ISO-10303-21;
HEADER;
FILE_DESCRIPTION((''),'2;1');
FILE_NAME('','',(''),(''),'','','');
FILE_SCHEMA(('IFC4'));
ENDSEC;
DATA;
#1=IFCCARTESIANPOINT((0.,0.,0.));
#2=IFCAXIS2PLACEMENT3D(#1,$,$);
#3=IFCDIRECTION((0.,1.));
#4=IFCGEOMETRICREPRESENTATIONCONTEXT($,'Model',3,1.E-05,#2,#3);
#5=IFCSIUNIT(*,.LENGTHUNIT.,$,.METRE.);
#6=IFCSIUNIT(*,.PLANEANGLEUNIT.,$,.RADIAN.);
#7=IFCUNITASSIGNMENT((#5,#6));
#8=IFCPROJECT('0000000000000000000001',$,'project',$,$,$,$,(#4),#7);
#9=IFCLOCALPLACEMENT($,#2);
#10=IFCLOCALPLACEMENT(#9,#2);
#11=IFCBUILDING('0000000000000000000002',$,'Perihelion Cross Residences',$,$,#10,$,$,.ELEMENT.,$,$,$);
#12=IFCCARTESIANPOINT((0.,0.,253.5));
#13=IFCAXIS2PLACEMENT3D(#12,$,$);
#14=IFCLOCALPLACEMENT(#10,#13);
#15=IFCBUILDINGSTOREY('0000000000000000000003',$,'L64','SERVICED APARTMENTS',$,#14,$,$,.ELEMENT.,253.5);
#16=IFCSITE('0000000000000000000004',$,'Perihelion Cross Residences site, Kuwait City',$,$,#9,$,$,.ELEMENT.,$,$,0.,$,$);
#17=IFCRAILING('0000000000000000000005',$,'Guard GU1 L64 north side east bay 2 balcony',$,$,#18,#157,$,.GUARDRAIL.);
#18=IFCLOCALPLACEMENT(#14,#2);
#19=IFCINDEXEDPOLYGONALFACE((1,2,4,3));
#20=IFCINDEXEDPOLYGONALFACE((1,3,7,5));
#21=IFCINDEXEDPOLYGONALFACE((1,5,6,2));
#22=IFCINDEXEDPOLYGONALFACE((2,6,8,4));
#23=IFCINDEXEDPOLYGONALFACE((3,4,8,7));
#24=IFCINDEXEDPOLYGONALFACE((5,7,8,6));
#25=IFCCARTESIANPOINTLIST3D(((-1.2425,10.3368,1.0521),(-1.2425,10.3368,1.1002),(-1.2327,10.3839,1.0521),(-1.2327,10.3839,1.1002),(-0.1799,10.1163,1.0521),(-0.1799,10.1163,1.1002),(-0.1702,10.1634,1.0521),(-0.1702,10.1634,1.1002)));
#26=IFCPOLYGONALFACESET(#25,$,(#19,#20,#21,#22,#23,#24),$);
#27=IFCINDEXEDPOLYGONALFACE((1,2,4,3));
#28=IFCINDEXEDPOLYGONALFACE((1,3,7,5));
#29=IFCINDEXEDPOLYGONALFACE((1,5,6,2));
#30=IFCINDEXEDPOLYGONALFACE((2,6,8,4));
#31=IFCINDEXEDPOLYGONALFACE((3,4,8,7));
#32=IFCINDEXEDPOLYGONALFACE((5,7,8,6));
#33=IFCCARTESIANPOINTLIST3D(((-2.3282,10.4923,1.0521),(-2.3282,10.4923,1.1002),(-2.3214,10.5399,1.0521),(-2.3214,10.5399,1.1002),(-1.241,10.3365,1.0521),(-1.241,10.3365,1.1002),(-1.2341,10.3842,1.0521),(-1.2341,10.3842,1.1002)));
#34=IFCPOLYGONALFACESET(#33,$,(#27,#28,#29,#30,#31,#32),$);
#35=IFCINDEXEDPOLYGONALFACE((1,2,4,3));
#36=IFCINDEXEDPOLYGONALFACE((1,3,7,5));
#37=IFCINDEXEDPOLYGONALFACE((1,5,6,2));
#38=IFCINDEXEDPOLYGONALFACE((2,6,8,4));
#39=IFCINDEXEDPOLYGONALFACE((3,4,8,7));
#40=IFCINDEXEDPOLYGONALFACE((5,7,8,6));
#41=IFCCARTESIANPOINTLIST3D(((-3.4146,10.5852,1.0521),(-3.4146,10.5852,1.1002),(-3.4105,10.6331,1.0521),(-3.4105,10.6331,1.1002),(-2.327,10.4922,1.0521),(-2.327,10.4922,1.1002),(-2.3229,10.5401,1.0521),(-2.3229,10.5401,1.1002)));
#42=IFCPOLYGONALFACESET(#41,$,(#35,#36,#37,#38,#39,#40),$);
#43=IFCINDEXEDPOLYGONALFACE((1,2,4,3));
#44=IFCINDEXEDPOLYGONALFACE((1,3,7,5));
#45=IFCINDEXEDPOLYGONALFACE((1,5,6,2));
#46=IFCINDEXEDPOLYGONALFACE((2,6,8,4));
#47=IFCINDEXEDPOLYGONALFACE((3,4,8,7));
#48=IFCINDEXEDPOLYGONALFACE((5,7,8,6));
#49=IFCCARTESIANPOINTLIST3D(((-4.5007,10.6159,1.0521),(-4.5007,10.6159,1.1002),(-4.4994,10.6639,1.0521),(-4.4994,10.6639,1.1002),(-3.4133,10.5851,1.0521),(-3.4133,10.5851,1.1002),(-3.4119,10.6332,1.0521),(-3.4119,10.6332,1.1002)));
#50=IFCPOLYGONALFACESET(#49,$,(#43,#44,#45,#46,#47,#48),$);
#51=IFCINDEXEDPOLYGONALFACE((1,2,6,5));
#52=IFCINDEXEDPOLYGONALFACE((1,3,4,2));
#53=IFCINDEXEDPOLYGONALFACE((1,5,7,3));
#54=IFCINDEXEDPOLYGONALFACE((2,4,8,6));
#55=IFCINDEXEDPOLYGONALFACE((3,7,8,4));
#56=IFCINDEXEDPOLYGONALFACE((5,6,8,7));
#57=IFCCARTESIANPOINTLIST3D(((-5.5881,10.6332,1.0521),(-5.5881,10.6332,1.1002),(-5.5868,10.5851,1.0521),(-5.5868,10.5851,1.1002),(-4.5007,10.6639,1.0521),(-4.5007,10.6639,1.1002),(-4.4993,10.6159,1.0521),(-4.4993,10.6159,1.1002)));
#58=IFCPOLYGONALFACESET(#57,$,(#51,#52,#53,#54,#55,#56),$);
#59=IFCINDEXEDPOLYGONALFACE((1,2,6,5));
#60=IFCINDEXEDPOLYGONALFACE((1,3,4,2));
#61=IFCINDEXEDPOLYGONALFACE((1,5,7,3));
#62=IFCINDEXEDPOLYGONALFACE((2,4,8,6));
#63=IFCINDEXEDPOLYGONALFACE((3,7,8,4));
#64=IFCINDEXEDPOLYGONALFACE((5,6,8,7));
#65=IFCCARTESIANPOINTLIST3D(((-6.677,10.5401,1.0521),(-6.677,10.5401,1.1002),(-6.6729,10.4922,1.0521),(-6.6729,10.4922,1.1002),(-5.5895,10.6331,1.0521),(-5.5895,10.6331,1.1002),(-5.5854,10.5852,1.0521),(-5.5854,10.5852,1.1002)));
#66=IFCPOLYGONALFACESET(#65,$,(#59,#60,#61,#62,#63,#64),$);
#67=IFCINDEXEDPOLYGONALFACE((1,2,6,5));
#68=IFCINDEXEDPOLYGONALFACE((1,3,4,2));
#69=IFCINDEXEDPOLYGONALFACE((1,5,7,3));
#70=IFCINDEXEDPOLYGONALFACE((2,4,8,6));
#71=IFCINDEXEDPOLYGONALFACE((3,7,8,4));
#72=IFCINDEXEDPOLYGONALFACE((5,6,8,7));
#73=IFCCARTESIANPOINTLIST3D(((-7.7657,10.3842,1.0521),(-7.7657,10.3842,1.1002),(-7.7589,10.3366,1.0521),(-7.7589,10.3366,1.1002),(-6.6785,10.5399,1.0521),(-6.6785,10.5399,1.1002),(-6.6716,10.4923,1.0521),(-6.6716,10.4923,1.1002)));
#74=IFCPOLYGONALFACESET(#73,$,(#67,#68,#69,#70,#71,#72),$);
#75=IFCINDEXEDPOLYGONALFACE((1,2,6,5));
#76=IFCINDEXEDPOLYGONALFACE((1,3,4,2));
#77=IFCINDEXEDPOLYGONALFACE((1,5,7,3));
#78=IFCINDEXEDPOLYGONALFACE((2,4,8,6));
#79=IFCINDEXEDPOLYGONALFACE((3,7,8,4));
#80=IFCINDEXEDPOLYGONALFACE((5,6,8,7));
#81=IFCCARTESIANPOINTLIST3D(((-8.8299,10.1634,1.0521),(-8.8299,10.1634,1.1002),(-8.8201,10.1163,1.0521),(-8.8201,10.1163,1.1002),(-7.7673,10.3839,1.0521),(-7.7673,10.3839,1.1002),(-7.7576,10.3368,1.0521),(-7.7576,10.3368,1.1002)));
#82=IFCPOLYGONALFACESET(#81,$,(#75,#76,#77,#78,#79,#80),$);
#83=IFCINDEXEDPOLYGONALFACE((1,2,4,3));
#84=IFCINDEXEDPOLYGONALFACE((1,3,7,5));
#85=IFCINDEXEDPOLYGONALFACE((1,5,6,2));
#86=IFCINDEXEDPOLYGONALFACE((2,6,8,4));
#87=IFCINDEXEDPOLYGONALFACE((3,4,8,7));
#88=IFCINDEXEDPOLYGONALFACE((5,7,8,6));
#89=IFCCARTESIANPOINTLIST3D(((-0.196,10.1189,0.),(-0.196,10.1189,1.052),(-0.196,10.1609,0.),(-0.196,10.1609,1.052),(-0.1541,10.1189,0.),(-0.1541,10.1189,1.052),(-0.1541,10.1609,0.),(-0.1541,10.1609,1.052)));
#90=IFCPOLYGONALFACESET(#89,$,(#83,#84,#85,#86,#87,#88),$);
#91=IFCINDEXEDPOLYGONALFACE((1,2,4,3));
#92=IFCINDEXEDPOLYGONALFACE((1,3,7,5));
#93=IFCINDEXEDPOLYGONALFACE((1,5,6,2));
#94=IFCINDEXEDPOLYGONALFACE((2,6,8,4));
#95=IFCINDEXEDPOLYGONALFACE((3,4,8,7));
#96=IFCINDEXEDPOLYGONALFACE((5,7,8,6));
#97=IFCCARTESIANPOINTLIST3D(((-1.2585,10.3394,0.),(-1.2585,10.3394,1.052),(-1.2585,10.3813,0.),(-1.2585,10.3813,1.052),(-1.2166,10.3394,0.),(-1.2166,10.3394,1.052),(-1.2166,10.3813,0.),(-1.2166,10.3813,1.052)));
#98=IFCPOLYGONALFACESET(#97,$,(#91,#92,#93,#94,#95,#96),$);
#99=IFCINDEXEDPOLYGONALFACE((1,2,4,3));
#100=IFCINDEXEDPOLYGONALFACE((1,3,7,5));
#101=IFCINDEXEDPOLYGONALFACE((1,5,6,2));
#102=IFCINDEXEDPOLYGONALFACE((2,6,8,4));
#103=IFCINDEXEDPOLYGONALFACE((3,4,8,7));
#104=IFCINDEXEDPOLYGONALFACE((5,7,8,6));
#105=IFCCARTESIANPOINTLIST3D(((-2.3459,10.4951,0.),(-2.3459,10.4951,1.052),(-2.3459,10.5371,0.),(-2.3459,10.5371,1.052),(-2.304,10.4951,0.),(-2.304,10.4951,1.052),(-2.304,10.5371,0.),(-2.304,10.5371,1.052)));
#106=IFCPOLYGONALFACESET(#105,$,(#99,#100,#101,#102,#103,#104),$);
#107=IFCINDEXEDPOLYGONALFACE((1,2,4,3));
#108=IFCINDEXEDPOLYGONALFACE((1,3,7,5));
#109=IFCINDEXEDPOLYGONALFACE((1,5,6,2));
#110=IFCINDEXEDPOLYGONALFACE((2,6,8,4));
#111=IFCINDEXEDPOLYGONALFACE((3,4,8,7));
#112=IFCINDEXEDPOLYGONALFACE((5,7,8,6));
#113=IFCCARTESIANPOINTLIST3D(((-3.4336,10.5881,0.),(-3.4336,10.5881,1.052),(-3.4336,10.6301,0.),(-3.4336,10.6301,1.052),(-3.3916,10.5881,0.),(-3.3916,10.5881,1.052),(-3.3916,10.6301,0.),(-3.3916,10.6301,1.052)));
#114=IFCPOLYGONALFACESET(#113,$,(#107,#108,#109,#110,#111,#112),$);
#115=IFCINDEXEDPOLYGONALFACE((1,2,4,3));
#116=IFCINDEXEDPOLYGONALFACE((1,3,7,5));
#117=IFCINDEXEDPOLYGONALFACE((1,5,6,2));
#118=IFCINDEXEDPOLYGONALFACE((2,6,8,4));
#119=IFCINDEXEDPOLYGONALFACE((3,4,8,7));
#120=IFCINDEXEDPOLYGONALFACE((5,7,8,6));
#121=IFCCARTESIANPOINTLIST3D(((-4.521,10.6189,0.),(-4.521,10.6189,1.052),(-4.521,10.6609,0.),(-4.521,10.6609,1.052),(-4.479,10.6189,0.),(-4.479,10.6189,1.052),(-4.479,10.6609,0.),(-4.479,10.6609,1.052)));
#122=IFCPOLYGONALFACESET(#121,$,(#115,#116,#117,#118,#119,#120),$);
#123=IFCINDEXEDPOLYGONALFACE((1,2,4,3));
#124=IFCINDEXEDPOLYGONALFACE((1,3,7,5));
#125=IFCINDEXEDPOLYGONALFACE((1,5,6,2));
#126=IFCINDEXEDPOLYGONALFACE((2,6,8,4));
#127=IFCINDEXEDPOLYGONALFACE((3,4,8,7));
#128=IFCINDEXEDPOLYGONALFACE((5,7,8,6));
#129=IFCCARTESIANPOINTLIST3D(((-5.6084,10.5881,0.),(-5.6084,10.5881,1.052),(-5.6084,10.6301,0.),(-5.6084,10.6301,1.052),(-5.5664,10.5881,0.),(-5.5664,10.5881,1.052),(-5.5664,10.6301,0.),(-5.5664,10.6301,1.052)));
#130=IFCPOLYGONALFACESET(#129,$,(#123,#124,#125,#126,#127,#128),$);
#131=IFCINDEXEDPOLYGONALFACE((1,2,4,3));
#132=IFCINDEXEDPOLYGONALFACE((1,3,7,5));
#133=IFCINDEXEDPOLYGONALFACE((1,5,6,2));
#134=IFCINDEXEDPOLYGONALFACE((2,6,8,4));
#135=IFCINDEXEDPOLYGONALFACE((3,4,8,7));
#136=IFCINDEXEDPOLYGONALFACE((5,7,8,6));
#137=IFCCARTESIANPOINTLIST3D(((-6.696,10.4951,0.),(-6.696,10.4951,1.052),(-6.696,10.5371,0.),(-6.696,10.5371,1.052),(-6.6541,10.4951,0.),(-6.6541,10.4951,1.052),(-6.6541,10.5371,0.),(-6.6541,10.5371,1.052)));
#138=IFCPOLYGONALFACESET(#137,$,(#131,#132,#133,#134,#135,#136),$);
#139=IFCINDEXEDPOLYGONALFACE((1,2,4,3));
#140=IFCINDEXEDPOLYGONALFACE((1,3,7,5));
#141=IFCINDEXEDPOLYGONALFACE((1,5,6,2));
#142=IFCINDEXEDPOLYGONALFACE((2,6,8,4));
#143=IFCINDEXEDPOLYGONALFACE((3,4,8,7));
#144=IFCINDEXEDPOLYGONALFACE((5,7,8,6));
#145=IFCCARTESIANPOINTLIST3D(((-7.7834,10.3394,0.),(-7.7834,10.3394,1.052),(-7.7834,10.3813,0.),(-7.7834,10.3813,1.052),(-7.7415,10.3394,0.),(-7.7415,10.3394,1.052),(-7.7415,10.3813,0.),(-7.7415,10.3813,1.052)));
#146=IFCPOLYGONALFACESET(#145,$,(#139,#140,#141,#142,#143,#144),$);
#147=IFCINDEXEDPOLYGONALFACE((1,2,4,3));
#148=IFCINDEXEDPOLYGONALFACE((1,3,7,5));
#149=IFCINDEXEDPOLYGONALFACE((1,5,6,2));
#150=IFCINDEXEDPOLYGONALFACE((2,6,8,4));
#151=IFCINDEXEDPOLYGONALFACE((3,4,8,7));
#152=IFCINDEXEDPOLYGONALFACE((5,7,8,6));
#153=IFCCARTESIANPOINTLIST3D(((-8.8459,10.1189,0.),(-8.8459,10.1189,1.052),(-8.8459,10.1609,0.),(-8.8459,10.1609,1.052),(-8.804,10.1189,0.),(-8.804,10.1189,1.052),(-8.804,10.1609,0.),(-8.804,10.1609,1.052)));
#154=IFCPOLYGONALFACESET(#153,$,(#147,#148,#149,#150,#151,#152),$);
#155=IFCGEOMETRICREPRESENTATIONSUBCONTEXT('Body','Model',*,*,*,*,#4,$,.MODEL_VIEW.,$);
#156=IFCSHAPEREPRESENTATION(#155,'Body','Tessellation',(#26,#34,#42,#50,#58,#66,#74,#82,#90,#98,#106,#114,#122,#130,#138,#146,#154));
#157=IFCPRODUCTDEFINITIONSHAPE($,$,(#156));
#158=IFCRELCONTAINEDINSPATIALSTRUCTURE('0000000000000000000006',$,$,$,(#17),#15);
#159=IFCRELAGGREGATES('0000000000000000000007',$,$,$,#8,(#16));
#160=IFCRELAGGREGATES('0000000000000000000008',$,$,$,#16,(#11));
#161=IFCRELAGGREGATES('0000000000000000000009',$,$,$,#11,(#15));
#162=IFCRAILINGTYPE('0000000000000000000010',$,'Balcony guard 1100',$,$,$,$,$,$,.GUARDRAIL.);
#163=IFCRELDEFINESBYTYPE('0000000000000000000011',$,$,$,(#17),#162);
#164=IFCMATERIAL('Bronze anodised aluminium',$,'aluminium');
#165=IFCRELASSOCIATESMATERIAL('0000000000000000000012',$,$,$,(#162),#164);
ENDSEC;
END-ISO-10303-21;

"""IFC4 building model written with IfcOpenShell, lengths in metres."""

from ifc_helpers import new_model, si_unit, direction, frame, origin, origin_2d, place, context, subcontext, project, spatial, rectangle, extrude, material, type_object, element, save


model = new_model("IFC4")

# Units and contexts
model_context = context("Model", 3, precision=1e-05, world=origin(), true_north=direction((0.0, 1.0)))
body_context = subcontext(model_context, "Body", "Model", "MODEL_VIEW")
ifc_project = project(units=[si_unit("LENGTHUNIT", "METRE"), si_unit("PLANEANGLEUNIT", "RADIAN")], contexts=[model_context])

# Site, building, storey
site_placement = place(None, origin())
site = spatial("IfcSite", under=ifc_project, at=site_placement, Name="Perihelion Cross Residences site, Kuwait City", CompositionType="ELEMENT", RefElevation=0.0)
building_placement = place(site_placement, origin())
building = spatial("IfcBuilding", under=site, at=building_placement, Name="Perihelion Cross Residences", CompositionType="ELEMENT")
storey_placement = place(building_placement, frame((0.0, 0.0, 253.5)))
storey = spatial("IfcBuildingStorey", under=building, at=storey_placement, Name="L64", Description="SERVICED APARTMENTS", CompositionType="ELEMENT", Elevation=253.5)

# Railing
ifc_material_1 = material(Name="Bronze anodised aluminium", Category="aluminium")
railing_type = type_object("IfcRailingType", Name="Balcony guard 1100", PredefinedType="GUARDRAIL", material=ifc_material_1)
railing_1_placement = place(storey_placement, frame((-0.175, 10.1399, 0.0)))
element("IfcRailing", 1, at=railing_1_placement, inside=storey, type_object=railing_type, Name="Guard GU1 L64 north side east bay 2 balcony", PredefinedType="GUARDRAIL", context=body_context, shape_type="SweptSolid", body=[
    extrude(rectangle(XDim=0.0481, YDim=0.0481, at=origin_2d()), frame((0.0, 0.0, 1.0762), z_axis=(-0.979145, 0.203164, 0.0), x_axis=(-0.203164, -0.979145, 0.0)), (0.0, 0.0, 1.0), 1.0852),
    extrude(rectangle(XDim=0.0481, YDim=0.0481, at=origin_2d()), frame((-1.0625, 0.2205, 1.0762), z_axis=(-0.989896, 0.141795, 0.0), x_axis=(-0.141795, -0.989896, 0.0)), (0.0, 0.0, 1.0), 1.0984),
    extrude(rectangle(XDim=0.0481, YDim=0.0481, at=origin_2d()), frame((-2.1499, 0.3762, 1.0762), z_axis=(-0.996363, 0.085211, 0.0), x_axis=(-0.085211, -0.996363, 0.0)), (0.0, 0.0, 1.0), 1.0916),
    extrude(rectangle(XDim=0.0481, YDim=0.0481, at=origin_2d()), frame((-3.2375, 0.4692, 1.0762), z_axis=(-0.9996, 0.028278, 0.0), x_axis=(-0.028278, -0.9996, 0.0)), (0.0, 0.0, 1.0), 1.0879),
    extrude(rectangle(XDim=0.0481, YDim=0.0481, at=origin_2d()), frame((-4.325, 0.5, 1.0762), z_axis=(-0.9996, -0.028278, 0.0), x_axis=(0.028278, -0.9996, 0.0)), (0.0, 0.0, 1.0), 1.0879),
    extrude(rectangle(XDim=0.0481, YDim=0.0481, at=origin_2d()), frame((-5.4124, 0.4692, 1.0762), z_axis=(-0.996363, -0.085211, 0.0), x_axis=(0.085211, -0.996363, 0.0)), (0.0, 0.0, 1.0), 1.0916),
    extrude(rectangle(XDim=0.0481, YDim=0.0481, at=origin_2d()), frame((-6.5, 0.3762, 1.0762), z_axis=(-0.989896, -0.141795, 0.0), x_axis=(0.141795, -0.989896, 0.0)), (0.0, 0.0, 1.0), 1.0984),
    extrude(rectangle(XDim=0.0481, YDim=0.0481, at=origin_2d()), frame((-7.5874, 0.2205, 1.0762), z_axis=(-0.979145, -0.203164, 0.0), x_axis=(0.203164, -0.979145, 0.0)), (0.0, 0.0, 1.0), 1.0852),
    extrude(rectangle(XDim=0.042, YDim=0.042, at=origin_2d()), origin(), (0.0, 0.0, 1.0), 1.052),
    extrude(rectangle(XDim=0.042, YDim=0.042, at=origin_2d()), frame((-1.0625, 0.2205, 0.0)), (0.0, 0.0, 1.0), 1.052),
    extrude(rectangle(XDim=0.042, YDim=0.042, at=origin_2d()), frame((-2.1499, 0.3762, 0.0)), (0.0, 0.0, 1.0), 1.052),
    extrude(rectangle(XDim=0.042, YDim=0.042, at=origin_2d()), frame((-3.2375, 0.4692, 0.0)), (0.0, 0.0, 1.0), 1.052),
    extrude(rectangle(XDim=0.042, YDim=0.042, at=origin_2d()), frame((-4.325, 0.5, 0.0)), (0.0, 0.0, 1.0), 1.052),
    extrude(rectangle(XDim=0.042, YDim=0.042, at=origin_2d()), frame((-5.4124, 0.4692, 0.0)), (0.0, 0.0, 1.0), 1.052),
    extrude(rectangle(XDim=0.042, YDim=0.042, at=origin_2d()), frame((-6.5, 0.3762, 0.0)), (0.0, 0.0, 1.0), 1.052),
    extrude(rectangle(XDim=0.042, YDim=0.042, at=origin_2d()), frame((-7.5874, 0.2205, 0.0)), (0.0, 0.0, 1.0), 1.052),
    extrude(rectangle(XDim=0.042, YDim=0.042, at=origin_2d()), frame((-8.6499, 0.0, 0.0)), (0.0, 0.0, 1.0), 1.052),
])

save(model, "model.ifc")
